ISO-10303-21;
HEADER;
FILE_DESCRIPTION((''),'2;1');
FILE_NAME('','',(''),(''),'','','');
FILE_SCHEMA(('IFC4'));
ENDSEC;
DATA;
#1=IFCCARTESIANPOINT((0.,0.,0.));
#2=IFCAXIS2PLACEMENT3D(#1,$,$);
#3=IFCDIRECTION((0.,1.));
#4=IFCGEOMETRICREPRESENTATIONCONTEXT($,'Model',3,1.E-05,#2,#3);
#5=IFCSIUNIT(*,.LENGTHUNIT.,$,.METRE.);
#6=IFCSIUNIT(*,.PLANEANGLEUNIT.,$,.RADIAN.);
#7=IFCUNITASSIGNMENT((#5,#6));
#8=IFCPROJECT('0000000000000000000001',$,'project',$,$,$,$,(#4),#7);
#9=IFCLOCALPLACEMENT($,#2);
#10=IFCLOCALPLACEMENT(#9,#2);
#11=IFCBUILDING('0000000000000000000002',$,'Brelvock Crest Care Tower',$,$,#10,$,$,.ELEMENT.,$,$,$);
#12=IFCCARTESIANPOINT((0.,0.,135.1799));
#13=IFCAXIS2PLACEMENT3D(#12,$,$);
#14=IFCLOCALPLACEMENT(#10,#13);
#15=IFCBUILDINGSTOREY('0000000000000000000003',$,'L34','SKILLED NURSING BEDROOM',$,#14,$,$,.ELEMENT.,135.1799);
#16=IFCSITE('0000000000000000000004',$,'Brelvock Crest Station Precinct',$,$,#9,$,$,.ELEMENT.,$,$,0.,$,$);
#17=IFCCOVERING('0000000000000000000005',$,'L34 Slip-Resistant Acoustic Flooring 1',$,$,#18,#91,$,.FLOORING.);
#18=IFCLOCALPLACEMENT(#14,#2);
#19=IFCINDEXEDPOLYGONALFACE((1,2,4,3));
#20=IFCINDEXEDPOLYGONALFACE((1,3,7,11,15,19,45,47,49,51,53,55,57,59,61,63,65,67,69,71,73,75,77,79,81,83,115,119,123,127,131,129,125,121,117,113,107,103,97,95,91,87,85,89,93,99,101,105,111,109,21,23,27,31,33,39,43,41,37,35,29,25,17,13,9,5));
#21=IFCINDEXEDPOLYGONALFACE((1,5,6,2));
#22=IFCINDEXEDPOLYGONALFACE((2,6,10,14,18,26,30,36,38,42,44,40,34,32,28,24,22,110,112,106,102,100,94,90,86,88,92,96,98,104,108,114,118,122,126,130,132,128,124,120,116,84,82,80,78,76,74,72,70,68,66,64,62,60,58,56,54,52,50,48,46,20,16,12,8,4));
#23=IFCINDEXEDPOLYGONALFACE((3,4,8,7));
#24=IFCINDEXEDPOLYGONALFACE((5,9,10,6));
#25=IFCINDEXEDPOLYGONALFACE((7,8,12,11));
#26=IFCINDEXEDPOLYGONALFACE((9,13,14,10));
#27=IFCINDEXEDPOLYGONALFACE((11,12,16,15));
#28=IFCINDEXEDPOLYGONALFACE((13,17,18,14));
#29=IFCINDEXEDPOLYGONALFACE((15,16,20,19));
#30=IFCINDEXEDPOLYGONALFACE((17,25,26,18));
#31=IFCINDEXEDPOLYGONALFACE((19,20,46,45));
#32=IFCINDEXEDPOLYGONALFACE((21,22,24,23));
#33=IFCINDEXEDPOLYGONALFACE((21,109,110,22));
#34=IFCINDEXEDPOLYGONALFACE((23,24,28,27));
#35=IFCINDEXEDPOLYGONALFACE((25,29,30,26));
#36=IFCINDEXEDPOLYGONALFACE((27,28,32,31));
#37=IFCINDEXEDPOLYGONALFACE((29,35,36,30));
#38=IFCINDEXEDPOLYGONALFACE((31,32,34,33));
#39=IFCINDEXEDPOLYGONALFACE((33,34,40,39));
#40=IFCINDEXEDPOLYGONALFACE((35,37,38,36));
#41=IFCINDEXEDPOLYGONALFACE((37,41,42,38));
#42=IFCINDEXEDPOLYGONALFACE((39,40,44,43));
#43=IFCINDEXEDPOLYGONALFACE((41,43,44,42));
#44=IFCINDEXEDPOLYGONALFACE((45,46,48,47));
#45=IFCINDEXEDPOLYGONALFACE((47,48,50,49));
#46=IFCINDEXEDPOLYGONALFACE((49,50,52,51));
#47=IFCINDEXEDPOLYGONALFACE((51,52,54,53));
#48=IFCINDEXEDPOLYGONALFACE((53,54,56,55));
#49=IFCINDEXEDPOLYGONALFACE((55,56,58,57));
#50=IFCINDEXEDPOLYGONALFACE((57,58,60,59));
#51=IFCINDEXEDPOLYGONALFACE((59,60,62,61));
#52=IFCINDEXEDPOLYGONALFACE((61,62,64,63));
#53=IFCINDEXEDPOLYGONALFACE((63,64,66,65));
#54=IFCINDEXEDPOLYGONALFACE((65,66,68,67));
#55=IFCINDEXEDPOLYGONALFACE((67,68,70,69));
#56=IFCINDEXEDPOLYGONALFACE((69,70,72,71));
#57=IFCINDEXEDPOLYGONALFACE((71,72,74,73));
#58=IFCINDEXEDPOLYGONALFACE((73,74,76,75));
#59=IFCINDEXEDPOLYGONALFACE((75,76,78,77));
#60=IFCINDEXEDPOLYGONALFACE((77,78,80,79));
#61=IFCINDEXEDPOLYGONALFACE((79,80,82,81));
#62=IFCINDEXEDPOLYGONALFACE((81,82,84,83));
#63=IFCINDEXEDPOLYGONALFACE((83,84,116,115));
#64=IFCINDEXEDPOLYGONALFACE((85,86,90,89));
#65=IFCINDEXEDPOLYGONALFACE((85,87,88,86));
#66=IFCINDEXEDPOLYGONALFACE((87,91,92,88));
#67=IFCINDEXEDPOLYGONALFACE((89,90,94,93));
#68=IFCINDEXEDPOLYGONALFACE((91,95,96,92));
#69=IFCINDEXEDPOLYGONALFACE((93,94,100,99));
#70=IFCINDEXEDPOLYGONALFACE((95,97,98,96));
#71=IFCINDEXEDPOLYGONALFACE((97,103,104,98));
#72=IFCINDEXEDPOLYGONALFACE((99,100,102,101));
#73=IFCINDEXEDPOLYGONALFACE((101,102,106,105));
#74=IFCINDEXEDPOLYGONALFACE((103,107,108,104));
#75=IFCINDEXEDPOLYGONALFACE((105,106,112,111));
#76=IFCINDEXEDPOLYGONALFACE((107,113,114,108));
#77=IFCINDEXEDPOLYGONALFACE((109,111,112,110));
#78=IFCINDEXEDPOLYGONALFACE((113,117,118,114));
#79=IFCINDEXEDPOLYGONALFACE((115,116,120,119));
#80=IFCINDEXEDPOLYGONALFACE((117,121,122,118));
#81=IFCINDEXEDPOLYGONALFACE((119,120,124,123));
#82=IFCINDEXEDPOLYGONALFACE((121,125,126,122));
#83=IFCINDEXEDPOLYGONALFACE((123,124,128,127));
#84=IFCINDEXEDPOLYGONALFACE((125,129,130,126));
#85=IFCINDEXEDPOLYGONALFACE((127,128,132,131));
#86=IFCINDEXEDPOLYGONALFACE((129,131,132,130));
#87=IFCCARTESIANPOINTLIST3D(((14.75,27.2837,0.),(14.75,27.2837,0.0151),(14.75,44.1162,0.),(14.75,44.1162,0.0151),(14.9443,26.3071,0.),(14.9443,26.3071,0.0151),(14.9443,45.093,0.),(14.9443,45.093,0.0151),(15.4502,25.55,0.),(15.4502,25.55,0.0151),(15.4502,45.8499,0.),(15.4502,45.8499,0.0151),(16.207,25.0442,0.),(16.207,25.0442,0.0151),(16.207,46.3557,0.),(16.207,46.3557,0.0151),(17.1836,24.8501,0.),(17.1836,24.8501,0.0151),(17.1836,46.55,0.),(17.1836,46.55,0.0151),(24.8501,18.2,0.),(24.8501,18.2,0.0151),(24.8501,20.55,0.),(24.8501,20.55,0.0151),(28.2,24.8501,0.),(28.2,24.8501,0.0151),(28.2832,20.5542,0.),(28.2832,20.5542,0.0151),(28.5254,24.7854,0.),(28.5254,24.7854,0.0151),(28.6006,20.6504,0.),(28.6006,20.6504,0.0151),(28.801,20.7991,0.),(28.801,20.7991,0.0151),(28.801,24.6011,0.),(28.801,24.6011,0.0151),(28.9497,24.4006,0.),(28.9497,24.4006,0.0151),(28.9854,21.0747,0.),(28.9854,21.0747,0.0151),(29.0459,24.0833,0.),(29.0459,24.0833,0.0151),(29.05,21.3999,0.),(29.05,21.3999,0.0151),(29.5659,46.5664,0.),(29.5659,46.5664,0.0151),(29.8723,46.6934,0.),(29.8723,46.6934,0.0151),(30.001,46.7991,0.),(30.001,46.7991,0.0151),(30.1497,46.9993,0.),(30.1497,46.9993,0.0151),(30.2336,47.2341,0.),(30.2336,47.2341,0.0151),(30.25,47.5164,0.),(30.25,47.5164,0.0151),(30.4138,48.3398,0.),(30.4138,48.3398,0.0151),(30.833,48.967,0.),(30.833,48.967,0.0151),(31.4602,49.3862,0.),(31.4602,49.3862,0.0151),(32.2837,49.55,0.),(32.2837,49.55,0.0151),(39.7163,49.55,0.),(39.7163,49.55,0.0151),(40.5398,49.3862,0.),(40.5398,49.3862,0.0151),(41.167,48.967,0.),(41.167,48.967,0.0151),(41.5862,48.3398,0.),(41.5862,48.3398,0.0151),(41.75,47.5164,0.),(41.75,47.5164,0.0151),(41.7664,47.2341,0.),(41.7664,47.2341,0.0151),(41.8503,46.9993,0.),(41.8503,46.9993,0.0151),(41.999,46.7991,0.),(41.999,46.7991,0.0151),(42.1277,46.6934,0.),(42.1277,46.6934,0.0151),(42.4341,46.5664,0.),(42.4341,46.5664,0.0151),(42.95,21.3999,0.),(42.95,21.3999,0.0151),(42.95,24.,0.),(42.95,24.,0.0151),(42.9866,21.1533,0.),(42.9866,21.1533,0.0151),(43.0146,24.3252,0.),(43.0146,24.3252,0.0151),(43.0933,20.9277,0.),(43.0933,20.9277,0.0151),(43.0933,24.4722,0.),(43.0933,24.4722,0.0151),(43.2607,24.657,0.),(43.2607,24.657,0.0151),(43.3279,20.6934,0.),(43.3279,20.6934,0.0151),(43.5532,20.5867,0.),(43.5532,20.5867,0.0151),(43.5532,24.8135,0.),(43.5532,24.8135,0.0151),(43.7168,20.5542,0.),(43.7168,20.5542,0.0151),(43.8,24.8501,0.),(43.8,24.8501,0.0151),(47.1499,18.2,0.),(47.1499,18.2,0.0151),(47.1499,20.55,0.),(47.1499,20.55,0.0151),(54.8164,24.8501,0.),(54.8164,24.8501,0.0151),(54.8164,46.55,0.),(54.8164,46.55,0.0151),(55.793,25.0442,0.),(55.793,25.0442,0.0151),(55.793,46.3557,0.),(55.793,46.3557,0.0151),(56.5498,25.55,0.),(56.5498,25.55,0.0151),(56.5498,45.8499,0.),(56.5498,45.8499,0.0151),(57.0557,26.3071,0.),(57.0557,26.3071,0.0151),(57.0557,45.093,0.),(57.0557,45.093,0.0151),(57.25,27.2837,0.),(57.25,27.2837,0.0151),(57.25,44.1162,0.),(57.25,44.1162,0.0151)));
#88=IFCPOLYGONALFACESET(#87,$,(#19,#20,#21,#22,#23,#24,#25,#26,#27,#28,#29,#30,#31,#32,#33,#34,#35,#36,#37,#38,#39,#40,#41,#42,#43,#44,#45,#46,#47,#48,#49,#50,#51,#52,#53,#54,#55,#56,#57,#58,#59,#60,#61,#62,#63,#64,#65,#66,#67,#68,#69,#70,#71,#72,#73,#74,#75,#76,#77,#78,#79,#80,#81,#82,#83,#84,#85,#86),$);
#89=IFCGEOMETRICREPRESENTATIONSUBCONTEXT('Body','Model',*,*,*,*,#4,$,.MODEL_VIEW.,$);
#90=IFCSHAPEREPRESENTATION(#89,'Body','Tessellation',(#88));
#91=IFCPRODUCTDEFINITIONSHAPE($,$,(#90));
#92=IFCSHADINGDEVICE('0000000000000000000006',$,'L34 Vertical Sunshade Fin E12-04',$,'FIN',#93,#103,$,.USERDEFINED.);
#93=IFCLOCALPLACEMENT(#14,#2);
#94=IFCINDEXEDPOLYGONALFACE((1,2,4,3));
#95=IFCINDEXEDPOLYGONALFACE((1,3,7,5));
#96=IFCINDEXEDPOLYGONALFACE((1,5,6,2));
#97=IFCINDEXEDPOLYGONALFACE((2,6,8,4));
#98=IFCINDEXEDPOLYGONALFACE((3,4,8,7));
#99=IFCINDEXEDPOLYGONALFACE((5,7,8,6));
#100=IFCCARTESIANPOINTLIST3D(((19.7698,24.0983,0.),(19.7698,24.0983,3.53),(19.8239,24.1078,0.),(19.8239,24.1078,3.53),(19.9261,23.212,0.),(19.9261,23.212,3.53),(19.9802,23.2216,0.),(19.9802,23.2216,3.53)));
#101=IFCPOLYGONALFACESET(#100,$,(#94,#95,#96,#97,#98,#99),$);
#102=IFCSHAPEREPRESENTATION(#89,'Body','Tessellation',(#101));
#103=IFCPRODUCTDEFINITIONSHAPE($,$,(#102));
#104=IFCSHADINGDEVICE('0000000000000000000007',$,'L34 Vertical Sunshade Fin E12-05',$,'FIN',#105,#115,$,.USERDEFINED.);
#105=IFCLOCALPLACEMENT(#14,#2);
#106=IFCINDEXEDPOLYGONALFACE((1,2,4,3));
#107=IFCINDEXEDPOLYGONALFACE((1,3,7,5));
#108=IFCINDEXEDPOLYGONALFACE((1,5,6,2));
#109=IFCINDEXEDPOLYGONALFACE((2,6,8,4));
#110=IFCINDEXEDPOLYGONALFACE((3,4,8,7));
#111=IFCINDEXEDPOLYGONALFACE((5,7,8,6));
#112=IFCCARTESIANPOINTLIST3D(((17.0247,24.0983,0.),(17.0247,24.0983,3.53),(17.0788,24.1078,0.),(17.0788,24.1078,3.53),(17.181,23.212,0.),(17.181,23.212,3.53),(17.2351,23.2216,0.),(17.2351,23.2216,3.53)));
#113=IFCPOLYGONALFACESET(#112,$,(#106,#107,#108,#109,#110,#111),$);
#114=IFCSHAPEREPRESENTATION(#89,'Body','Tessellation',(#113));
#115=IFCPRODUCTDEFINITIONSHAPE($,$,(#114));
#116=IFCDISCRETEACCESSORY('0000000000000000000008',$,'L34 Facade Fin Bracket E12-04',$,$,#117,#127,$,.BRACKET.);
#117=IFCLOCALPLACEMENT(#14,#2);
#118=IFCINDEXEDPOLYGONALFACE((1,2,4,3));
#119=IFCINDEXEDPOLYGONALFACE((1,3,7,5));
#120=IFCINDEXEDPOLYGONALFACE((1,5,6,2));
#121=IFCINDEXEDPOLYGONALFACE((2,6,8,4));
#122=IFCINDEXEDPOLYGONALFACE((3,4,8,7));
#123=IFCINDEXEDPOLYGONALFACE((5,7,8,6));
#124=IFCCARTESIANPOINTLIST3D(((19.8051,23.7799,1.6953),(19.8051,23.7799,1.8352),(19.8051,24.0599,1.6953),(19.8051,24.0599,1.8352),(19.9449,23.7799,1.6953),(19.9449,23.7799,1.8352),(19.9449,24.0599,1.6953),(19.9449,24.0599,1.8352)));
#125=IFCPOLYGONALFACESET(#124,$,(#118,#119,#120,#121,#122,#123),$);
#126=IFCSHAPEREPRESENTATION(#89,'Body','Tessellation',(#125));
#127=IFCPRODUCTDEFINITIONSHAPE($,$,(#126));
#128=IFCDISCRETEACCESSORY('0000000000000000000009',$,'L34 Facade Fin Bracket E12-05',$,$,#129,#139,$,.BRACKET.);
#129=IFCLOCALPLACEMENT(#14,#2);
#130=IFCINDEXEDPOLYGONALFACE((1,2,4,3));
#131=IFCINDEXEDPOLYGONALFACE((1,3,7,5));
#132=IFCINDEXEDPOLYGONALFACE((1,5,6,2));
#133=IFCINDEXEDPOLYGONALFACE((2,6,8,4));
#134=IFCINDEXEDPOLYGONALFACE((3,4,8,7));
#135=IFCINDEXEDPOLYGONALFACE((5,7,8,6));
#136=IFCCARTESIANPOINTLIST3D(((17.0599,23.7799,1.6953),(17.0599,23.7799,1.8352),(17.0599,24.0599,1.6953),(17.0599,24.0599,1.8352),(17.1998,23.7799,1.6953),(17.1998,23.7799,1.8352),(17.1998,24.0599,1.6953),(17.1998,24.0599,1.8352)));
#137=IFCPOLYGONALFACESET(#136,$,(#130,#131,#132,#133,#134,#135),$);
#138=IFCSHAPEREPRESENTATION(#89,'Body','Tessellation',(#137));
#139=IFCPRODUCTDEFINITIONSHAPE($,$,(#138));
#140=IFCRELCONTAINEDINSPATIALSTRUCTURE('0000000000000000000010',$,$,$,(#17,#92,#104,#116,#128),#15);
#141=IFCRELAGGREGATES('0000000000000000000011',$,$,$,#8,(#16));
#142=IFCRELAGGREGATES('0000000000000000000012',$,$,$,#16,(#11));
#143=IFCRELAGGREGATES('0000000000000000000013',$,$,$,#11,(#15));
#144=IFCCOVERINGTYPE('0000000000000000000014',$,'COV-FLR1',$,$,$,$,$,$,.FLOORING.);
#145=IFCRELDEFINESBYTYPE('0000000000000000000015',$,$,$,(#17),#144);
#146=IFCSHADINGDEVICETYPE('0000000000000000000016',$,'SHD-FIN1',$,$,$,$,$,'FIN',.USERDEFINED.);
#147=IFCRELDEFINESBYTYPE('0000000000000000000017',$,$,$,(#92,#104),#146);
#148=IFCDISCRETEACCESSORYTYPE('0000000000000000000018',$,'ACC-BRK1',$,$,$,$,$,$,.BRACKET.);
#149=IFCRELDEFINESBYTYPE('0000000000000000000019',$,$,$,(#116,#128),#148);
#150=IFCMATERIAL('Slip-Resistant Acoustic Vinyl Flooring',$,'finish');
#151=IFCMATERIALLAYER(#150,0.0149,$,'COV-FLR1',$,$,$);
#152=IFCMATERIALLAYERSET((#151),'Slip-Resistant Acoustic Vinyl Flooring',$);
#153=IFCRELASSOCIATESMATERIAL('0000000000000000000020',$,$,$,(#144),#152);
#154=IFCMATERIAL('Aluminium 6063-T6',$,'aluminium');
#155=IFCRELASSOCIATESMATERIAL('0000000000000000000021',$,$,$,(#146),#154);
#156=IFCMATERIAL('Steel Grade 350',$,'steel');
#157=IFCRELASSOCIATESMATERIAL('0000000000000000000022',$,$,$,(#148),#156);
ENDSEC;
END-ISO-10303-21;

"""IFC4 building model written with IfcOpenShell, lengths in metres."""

from ifc_helpers import new_model, si_unit, direction, frame, origin, origin_2d, place, context, subcontext, project, spatial, polyline, rectangle, outline, extrude, source, transform, mapped, material, layer, layer_set, material_profile, profile_set, type_object, element, save


model = new_model("IFC4")

# Units and contexts
model_context = context("Model", 3, precision=1e-05, world=origin(), true_north=direction((0.0, 1.0)))
body_context = subcontext(model_context, "Body", "Model", "MODEL_VIEW")
ifc_project = project(units=[si_unit("LENGTHUNIT", "METRE"), si_unit("PLANEANGLEUNIT", "RADIAN")], contexts=[model_context])

# Site, building, storey
site_placement = place(None, origin())
site = spatial("IfcSite", under=ifc_project, at=site_placement, Name="Brelvock Crest Station Precinct", CompositionType="ELEMENT", RefElevation=0.0)
building_placement = place(site_placement, origin())
building = spatial("IfcBuilding", under=site, at=building_placement, Name="Brelvock Crest Care Tower", CompositionType="ELEMENT")
storey_placement = place(building_placement, frame((0.0, 0.0, 135.1799)))
storey = spatial("IfcBuildingStorey", under=building, at=storey_placement, Name="L34", Description="SKILLED NURSING BEDROOM", CompositionType="ELEMENT", Elevation=135.1799)

# Shared definitions
ifc_material_1 = material(Name="Steel Grade 350", Category="steel")

# Shared definitions
ifc_material_2 = material(Name="Aluminium 6063-T6", Category="aluminium")

# Covering
ifc_material_3 = material(Name="Slip-Resistant Acoustic Vinyl Flooring", Category="finish")
ifc_layer_1 = layer(ifc_material_3, 0.0149, Name="COV-FLR1")
ifc_layer_set_1 = layer_set([ifc_layer_1], Name="Slip-Resistant Acoustic Vinyl Flooring")
covering_type_1 = type_object("IfcCoveringType", Name="COV-FLR1", PredefinedType="FLOORING", material=ifc_layer_set_1)
covering_1_placement = place(storey_placement, origin())
element("IfcCovering", 1, at=covering_1_placement, inside=storey, type_object=covering_type_1, Name="L34 Slip-Resistant Acoustic Flooring 1", PredefinedType="FLOORING", context=body_context, shape_type="SweptSolid", body=[
    extrude(outline(polyline([(24.8501, 18.2), (47.1499, 18.2), (47.1499, 20.55), (43.7168, 20.5542), (43.5532, 20.5867), (43.3279, 20.6934), (43.0933, 20.9277), (42.9866, 21.1533), (42.95, 21.3999), (42.95, 24.0), (43.0146, 24.3252), (43.0933, 24.4722), (43.2607, 24.657), (43.5532, 24.8135), (43.8, 24.8501), (54.8164, 24.8501), (55.793, 25.0442), (56.5498, 25.55), (57.0557, 26.3071), (57.25, 27.2837), (57.25, 44.1162), (57.0557, 45.093), (56.5498, 45.8499), (55.793, 46.3557), (54.8164, 46.55), (42.4341, 46.5664), (42.1277, 46.6934), (41.999, 46.7991), (41.8503, 46.9993), (41.7664, 47.2341), (41.75, 47.5164), (41.5862, 48.3398), (41.167, 48.967), (40.5398, 49.3862), (39.7163, 49.55), (32.2837, 49.55), (31.4602, 49.3862), (30.833, 48.967), (30.4138, 48.3398), (30.25, 47.5164), (30.2336, 47.2341), (30.1497, 46.9993), (30.001, 46.7991), (29.8723, 46.6934), (29.5659, 46.5664), (17.1836, 46.55), (16.207, 46.3557), (15.4502, 45.8499), (14.9443, 45.093), (14.75, 44.1162), (14.75, 27.2837), (14.9443, 26.3071), (15.4502, 25.55), (16.207, 25.0442), (17.1836, 24.8501), (28.2, 24.8501), (28.5254, 24.7854), (28.801, 24.6011), (28.9497, 24.4006), (29.0459, 24.0833), (29.05, 21.3999), (28.9854, 21.0747), (28.801, 20.7991), (28.6006, 20.6504), (28.2832, 20.5542), (24.8501, 20.55), (24.8501, 18.2)])), origin(), (0.0, 0.0, 1.0), 0.0151),
])

# Shading devices
ifc_material_profile_1 = material_profile(ifc_material_2, rectangle(XDim=0.0549, YDim=0.8999, at=origin_2d()), Name="FIN55x900")
ifc_profile_set_1 = profile_set([ifc_material_profile_1], Name="Aluminium 6063-T6")
shading_device_type = type_object("IfcShadingDeviceType", Name="SHD-FIN1", ElementType="FIN", PredefinedType="USERDEFINED", material=ifc_profile_set_1)
shared_shape_1 = source(origin(), body_context, "Body", "SweptSolid", [
    extrude(rectangle(XDim=0.0549, YDim=0.8999, at=origin_2d()), origin(), (0.0, 0.0, 1.0), 3.53),
])
for number, where, z_axis, x_axis, name in (
    (2, (19.875, 23.6599, 0.0), (0.0, 0.0, 1.0), (-0.984808, -0.173648, 0.0), "L34 Vertical Sunshade Fin E12-04"),
    (3, (17.1299, 23.6599, 0.0), (0.0, 0.0, 1.0), (-0.984808, -0.173648, 0.0), "L34 Vertical Sunshade Fin E12-05"),
):
    element("IfcShadingDevice", number, at=place(storey_placement, frame(where, z_axis=z_axis, x_axis=x_axis)), inside=storey, type_object=shading_device_type, Name=name, ObjectType="FIN", PredefinedType="USERDEFINED", context=body_context, shape_type="MappedRepresentation", body=[
        mapped(shared_shape_1, transform((0.0, 0.0, 0.0), x_axis=(1.0, 0.0, 0.0), y_axis=(0.0, 1.0, 0.0), z_axis=(0.0, 0.0, 1.0), scale=1.0)),
    ])

# Discrete accessories
discrete_accessory_type = type_object("IfcDiscreteAccessoryType", Name="ACC-BRK1", PredefinedType="BRACKET", material=ifc_material_1)
shared_shape_2 = source(origin(), body_context, "Body", "SweptSolid", [
    extrude(rectangle(XDim=0.28, YDim=0.1399, at=origin_2d()), origin(), (0.0, 0.0, 1.0), 0.1399),
])
for number, where, z_axis, x_axis, name in (
    (4, (19.875, 23.9199, 1.6953), (0.0, 0.0, 1.0), (0.0, -1.0, 0.0), "L34 Facade Fin Bracket E12-04"),
    (5, (17.1299, 23.9199, 1.6953), (0.0, 0.0, 1.0), (0.0, -1.0, 0.0), "L34 Facade Fin Bracket E12-05"),
):
    element("IfcDiscreteAccessory", number, at=place(storey_placement, frame(where, z_axis=z_axis, x_axis=x_axis)), inside=storey, type_object=discrete_accessory_type, Name=name, PredefinedType="BRACKET", context=body_context, shape_type="MappedRepresentation", body=[
        mapped(shared_shape_2, transform((0.0, 0.0, 0.0), x_axis=(1.0, 0.0, 0.0), y_axis=(0.0, 1.0, 0.0), z_axis=(0.0, 0.0, 1.0), scale=1.0)),
    ])

save(model, "model.ifc")
